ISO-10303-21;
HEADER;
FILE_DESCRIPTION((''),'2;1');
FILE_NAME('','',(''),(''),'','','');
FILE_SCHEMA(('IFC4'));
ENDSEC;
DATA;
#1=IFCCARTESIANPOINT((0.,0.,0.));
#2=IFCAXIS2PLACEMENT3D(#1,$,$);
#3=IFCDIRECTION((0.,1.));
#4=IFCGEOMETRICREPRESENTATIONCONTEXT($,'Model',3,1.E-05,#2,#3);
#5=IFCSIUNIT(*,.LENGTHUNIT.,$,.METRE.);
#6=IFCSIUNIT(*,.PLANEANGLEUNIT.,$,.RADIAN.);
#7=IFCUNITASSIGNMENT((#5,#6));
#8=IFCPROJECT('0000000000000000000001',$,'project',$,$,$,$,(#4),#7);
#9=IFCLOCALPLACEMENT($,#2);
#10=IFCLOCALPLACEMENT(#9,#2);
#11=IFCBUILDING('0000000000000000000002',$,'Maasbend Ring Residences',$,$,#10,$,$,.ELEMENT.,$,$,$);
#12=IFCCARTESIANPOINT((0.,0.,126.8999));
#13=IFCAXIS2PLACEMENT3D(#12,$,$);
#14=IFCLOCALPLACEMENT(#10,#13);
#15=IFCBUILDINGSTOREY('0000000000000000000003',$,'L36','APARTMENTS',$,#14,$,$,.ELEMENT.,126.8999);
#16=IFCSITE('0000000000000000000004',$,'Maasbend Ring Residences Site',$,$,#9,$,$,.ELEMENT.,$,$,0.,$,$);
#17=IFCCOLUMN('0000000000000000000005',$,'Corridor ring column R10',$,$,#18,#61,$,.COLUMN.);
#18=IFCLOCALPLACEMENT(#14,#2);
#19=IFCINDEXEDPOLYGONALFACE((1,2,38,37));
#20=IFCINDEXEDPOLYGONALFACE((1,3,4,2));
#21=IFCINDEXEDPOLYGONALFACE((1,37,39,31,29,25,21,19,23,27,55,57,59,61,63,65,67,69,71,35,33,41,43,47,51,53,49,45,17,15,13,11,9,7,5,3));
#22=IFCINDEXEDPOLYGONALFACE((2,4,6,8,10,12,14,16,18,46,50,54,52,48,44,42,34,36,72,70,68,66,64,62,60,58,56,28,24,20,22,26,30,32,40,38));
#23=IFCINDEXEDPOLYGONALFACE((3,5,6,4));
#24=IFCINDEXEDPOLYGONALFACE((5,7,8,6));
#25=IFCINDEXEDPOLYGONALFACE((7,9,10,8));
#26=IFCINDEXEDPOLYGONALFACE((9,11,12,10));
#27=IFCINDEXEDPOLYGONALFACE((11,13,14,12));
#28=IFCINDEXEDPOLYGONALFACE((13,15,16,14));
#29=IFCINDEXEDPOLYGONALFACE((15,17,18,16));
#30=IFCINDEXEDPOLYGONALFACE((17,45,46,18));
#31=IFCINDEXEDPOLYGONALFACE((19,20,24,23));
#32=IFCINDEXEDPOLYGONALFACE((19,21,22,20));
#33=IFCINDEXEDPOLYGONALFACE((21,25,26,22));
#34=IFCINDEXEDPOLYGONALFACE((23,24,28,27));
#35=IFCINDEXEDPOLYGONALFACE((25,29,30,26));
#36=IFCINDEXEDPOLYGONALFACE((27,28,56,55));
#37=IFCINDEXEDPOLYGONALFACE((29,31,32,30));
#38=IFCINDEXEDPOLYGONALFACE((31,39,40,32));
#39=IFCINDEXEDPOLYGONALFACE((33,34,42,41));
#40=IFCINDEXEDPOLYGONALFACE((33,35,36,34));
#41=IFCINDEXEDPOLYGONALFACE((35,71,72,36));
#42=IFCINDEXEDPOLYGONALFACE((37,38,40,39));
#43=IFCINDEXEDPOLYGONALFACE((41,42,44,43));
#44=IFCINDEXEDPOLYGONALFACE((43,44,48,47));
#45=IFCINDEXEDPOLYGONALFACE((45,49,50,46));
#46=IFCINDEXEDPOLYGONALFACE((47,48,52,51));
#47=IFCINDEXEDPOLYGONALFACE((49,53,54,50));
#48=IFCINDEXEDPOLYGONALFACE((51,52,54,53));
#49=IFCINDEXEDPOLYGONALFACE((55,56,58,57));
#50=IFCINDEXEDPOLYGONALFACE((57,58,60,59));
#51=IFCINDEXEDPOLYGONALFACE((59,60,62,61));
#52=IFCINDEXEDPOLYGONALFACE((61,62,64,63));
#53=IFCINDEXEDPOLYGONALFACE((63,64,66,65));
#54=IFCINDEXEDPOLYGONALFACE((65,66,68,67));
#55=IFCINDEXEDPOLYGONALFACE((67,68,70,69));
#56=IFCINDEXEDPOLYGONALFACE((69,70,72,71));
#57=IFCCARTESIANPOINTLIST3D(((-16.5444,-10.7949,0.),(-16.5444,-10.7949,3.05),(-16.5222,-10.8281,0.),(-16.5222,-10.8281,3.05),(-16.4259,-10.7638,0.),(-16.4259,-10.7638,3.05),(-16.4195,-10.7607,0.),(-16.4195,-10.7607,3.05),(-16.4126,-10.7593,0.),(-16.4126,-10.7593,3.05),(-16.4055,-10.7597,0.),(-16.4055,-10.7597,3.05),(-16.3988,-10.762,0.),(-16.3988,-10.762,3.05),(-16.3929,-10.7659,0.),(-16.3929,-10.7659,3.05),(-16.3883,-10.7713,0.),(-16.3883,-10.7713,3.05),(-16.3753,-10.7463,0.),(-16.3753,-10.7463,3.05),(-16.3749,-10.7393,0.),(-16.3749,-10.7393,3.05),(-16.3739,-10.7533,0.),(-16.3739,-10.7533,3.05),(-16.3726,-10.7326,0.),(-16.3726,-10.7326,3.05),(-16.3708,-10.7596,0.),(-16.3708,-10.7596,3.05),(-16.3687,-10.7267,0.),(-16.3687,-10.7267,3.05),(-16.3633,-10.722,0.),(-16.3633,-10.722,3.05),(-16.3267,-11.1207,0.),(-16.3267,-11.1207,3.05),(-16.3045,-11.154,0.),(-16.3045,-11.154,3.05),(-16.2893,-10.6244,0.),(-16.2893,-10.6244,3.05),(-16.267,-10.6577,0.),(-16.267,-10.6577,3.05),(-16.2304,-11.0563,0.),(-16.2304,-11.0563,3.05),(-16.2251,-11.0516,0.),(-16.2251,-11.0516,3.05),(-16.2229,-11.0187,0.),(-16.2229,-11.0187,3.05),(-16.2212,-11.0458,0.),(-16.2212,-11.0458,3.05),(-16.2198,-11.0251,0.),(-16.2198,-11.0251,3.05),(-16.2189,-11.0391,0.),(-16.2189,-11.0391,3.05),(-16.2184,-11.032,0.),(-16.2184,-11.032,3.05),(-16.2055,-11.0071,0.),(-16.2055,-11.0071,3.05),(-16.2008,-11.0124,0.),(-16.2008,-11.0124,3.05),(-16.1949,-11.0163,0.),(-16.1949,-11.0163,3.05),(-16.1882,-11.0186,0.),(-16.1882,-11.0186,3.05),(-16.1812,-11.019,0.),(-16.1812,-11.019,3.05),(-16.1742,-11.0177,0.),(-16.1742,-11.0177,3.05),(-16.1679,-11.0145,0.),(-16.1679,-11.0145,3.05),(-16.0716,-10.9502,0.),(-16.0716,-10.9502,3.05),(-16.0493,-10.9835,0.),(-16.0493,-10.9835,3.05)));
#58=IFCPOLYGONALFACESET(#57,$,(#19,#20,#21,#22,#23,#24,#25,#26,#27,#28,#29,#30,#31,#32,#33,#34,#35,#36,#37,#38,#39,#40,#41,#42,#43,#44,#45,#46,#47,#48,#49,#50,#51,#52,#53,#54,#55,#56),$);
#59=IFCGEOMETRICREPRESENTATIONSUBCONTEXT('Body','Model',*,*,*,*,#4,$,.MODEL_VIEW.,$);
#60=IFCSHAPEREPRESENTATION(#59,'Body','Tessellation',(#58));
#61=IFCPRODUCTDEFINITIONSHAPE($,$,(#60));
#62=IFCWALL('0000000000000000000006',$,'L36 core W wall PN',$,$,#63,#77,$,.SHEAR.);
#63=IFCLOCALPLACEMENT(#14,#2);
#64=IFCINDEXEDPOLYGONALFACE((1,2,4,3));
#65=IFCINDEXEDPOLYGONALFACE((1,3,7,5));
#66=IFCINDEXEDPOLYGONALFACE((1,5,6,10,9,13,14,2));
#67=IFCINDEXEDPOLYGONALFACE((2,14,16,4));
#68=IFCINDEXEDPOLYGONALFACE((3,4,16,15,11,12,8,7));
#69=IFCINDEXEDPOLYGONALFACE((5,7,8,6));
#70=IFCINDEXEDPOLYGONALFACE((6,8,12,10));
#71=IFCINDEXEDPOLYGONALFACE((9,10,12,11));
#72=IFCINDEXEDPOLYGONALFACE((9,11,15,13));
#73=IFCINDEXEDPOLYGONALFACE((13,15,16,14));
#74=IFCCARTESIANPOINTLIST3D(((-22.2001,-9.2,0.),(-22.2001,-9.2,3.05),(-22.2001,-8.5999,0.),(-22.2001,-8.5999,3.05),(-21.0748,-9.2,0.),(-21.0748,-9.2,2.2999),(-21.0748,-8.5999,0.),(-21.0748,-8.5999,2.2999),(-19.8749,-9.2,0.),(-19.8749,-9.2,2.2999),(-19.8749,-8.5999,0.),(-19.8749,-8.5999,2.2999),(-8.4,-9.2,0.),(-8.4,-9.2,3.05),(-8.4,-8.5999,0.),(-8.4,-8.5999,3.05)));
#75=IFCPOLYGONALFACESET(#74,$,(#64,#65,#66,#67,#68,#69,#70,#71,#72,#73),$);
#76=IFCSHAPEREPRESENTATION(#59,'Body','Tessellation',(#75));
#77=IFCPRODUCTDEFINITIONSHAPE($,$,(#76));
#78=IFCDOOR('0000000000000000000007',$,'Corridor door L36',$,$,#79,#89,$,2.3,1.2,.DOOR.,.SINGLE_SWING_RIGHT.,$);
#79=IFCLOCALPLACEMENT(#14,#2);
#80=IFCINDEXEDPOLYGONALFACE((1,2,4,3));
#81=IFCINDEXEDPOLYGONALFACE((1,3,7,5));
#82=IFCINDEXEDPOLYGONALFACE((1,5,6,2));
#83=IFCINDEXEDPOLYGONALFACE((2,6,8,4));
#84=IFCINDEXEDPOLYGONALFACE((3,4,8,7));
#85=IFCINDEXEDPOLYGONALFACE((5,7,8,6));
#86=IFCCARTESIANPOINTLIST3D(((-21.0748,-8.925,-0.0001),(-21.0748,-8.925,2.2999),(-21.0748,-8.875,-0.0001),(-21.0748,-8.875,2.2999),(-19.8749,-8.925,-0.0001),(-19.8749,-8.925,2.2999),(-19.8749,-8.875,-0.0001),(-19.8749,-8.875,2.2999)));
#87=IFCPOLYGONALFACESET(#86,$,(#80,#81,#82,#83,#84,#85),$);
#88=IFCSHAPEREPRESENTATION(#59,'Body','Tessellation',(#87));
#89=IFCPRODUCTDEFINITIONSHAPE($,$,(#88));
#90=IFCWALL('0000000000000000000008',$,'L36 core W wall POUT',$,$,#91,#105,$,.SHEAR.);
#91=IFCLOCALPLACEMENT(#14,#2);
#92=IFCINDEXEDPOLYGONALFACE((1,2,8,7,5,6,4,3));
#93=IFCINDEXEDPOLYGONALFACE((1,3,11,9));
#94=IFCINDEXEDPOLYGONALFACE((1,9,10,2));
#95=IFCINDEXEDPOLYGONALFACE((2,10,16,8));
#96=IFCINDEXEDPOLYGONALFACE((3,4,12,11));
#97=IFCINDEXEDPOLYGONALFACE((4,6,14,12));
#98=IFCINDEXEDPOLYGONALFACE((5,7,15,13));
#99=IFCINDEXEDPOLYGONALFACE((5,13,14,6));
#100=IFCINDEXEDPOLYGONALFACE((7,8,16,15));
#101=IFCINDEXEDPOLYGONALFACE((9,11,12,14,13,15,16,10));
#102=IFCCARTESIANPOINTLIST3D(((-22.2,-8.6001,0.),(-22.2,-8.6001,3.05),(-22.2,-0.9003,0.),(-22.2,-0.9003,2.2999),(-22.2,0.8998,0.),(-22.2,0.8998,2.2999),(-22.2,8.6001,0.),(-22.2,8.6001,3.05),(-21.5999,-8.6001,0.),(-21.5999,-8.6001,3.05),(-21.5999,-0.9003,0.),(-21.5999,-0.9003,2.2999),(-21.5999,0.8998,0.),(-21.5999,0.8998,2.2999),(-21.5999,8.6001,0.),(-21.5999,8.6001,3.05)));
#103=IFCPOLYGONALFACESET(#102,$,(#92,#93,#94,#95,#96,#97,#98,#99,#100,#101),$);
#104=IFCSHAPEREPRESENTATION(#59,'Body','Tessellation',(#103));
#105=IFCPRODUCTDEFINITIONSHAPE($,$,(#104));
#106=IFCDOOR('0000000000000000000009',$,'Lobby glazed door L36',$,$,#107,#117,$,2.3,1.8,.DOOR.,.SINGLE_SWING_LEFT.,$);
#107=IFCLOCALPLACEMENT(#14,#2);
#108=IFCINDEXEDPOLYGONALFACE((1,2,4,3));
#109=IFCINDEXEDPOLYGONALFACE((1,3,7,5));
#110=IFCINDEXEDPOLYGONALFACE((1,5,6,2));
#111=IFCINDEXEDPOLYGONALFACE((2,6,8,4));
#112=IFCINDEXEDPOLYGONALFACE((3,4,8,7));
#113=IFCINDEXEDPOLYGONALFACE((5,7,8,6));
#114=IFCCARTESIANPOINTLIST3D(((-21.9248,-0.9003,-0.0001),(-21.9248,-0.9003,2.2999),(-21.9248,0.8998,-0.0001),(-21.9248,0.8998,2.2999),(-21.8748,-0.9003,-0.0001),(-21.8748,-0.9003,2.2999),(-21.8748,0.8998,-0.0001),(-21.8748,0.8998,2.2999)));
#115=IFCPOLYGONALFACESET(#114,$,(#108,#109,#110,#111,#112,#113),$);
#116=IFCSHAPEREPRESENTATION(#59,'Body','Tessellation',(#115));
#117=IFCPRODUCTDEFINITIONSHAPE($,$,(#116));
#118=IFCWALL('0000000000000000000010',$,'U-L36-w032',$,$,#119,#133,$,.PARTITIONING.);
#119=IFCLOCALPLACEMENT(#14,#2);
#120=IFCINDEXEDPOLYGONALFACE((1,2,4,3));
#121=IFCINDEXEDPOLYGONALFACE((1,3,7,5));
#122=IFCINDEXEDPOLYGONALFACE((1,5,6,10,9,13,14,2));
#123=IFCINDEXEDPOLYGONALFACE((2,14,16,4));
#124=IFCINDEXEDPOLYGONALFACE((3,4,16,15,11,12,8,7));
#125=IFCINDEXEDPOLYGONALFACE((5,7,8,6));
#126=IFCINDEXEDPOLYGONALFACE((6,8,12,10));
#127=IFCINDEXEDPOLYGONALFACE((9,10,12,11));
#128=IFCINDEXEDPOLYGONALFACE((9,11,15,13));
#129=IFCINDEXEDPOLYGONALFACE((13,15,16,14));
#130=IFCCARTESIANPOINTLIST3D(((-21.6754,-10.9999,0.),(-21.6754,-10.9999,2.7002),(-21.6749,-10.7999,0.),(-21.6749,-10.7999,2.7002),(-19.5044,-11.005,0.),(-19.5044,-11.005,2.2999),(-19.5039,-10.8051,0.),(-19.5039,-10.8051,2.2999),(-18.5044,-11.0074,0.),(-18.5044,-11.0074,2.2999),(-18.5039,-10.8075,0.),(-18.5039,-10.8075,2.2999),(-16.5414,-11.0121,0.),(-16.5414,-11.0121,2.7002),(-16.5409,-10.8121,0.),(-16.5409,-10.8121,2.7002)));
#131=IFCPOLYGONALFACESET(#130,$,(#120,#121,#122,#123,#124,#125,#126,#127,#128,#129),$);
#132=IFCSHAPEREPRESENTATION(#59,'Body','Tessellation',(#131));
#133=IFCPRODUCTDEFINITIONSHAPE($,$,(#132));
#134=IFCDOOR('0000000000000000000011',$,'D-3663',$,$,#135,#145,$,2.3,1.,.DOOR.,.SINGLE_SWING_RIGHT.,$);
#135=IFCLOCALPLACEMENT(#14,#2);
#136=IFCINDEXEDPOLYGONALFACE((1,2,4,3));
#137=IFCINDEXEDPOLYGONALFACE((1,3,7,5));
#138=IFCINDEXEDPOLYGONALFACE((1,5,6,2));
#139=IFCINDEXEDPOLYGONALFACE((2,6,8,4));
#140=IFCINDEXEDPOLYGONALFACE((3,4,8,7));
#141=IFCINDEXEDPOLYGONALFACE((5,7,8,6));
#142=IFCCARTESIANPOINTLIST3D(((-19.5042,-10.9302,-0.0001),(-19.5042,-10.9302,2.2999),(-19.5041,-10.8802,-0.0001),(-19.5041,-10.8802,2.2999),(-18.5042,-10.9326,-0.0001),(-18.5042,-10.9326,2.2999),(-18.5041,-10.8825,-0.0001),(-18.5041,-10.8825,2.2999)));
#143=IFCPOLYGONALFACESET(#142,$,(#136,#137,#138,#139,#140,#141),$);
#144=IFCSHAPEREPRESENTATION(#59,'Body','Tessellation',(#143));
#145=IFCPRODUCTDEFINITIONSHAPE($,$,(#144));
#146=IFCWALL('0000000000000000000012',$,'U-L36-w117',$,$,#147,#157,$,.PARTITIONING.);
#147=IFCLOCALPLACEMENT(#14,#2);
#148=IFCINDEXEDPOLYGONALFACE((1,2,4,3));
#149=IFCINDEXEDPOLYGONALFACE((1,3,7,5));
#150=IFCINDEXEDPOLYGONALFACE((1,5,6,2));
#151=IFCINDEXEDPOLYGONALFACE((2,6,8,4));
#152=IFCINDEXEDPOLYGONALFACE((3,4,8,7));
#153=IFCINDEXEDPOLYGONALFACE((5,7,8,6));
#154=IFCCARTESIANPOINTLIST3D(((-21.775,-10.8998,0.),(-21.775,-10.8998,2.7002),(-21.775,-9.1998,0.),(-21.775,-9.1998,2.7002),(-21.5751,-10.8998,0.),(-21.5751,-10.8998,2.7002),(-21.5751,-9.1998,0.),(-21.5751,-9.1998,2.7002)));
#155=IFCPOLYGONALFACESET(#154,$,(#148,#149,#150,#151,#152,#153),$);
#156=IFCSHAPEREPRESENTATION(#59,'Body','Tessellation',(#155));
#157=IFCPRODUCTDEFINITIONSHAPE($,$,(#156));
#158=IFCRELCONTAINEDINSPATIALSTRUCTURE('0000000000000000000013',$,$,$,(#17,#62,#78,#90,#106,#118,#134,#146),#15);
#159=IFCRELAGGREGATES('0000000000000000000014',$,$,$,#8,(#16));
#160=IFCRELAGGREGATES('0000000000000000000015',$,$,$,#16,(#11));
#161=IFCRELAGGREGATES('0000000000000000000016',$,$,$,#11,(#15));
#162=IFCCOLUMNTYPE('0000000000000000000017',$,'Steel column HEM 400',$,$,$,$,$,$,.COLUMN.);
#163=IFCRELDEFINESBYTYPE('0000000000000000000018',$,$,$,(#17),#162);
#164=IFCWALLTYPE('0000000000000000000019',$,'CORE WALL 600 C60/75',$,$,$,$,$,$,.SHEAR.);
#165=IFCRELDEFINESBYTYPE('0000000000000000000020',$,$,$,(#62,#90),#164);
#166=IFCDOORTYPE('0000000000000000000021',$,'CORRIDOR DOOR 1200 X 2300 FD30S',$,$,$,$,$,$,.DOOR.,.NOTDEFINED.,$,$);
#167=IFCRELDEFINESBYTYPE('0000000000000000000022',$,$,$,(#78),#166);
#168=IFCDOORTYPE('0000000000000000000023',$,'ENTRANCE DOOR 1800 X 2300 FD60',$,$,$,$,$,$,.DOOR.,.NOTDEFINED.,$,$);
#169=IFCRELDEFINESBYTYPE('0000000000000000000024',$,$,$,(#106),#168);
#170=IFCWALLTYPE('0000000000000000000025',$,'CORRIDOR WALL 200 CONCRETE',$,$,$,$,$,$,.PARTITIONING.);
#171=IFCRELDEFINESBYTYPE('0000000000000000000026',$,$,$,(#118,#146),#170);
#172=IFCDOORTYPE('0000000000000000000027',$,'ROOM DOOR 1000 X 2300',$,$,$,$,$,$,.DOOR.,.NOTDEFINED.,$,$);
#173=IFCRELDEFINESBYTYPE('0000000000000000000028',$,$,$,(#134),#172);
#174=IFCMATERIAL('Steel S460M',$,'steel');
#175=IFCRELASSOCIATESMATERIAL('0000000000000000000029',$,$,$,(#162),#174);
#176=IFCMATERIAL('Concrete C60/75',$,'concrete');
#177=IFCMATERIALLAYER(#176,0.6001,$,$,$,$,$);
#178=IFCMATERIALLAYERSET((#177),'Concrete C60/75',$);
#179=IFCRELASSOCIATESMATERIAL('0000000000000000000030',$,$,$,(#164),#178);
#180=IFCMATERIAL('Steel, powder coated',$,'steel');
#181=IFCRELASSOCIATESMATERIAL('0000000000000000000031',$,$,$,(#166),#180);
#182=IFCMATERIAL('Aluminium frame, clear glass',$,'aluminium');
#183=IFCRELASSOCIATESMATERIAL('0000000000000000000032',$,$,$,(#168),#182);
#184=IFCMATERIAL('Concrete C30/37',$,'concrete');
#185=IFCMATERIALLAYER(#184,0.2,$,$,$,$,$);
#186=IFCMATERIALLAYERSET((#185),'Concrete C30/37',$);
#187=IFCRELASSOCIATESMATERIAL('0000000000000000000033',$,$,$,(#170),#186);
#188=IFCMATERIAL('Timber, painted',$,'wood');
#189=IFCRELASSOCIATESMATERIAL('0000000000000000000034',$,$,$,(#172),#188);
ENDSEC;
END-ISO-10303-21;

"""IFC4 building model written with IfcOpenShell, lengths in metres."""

from ifc_helpers import new_model, si_unit, direction, frame, frame_2d, origin, origin_2d, place, context, subcontext, project, spatial, rectangle, i_section, extrude, material, layer, layer_set, material_profile, profile_set, type_object, element, fill, save


model = new_model("IFC4")

# Units and contexts
model_context = context("Model", 3, precision=1e-05, world=origin(), true_north=direction((0.0, 1.0)))
body_context = subcontext(model_context, "Body", "Model", "MODEL_VIEW")
ifc_project = project(units=[si_unit("LENGTHUNIT", "METRE"), si_unit("PLANEANGLEUNIT", "RADIAN")], contexts=[model_context])

# Site, building, storey
site_placement = place(None, origin())
site = spatial("IfcSite", under=ifc_project, at=site_placement, Name="Maasbend Ring Residences Site", CompositionType="ELEMENT", RefElevation=0.0)
building_placement = place(site_placement, origin())
building = spatial("IfcBuilding", under=site, at=building_placement, Name="Maasbend Ring Residences", CompositionType="ELEMENT")
storey_placement = place(building_placement, frame((0.0, 0.0, 126.8999)))
storey = spatial("IfcBuildingStorey", under=building, at=storey_placement, Name="L36", Description="APARTMENTS", CompositionType="ELEMENT", Elevation=126.8999)

# Column
ifc_material_1 = material(Name="Steel S460M", Category="steel")
ifc_material_profile = material_profile(ifc_material_1, i_section(OverallWidth=0.3069, OverallDepth=0.4319, WebThickness=0.021, FlangeThickness=0.04, FilletRadius=0.0271, at=origin_2d()), Name="HEM 400")
ifc_profile_set = profile_set([ifc_material_profile], Name="Steel S460M")
column_type = type_object("IfcColumnType", Name="Steel column HEM 400", PredefinedType="COLUMN", material=ifc_profile_set)
column_placement = place(storey_placement, frame((-16.2969, -10.8892, 0.0), z_axis=(0.0, 0.0, 1.0), x_axis=(-0.83147, -0.55557, 0.0)))
element("IfcColumn", 1, at=column_placement, inside=storey, type_object=column_type, Name="Corridor ring column R10", PredefinedType="COLUMN", context=body_context, shape_type="SweptSolid", body=[
    extrude(i_section(OverallWidth=0.3069, OverallDepth=0.4319, WebThickness=0.021, FlangeThickness=0.04, FilletRadius=0.0271, at=origin_2d()), origin(), (0.0, 0.0, 1.0), 3.05),
])

# Walls, openings, doors
ifc_material_2 = material(Name="Concrete C60/75", Category="concrete")
ifc_layer_1 = layer(ifc_material_2, 0.6001)
ifc_layer_set_1 = layer_set([ifc_layer_1], Name="Concrete C60/75")
wall_type_1 = type_object("IfcWallType", Name="CORE WALL 600 C60/75", PredefinedType="SHEAR", material=ifc_layer_set_1)
wall_1_placement = place(storey_placement, frame((-22.2, -8.8999, 0.0), z_axis=(0.0, 0.0, 1.0), x_axis=(1.0, 0.0, 0.0)))
wall_1 = element("IfcWall", 2, at=wall_1_placement, inside=storey, type_object=wall_type_1, Name="L36 core W wall PN", PredefinedType="SHEAR", context=body_context, shape_type="SweptSolid", body=[
    extrude(rectangle(XDim=13.8, YDim=0.6001, at=frame_2d((6.8999, 0.0))), origin(), (0.0, 0.0, 1.0), 3.05),
])
opening_1_placement = place(wall_1_placement, frame((1.125, 0.0, 0.0)))
opening_1 = element("IfcOpeningElement", 3, at=opening_1_placement, cuts=wall_1, PredefinedType="OPENING", context=body_context, shape_type="SweptSolid", body=[
    extrude(rectangle(XDim=1.2, YDim=2.3, at=frame_2d((0.6001, 1.1499))), frame((0.0, 0.3101, 0.0), z_axis=(0.0, -1.0, 0.0), x_axis=(1.0, 0.0, 0.0)), (0.0, 0.0, 1.0), 0.6201),
])
ifc_material_3 = material(Name="Steel, powder coated", Category="steel")
door_type_1 = type_object("IfcDoorType", Name="CORRIDOR DOOR 1200 X 2300 FD30S", OperationType="NOTDEFINED", PredefinedType="DOOR", material=ifc_material_3)
door_1_placement = place(opening_1_placement, origin())
door_1 = element("IfcDoor", 4, at=door_1_placement, inside=storey, type_object=door_type_1, Name="Corridor door L36", OperationType="SINGLE_SWING_RIGHT", OverallHeight=2.3, OverallWidth=1.2, PredefinedType="DOOR", context=body_context, shape_type="SweptSolid", body=[
    extrude(rectangle(XDim=1.2, YDim=2.3, at=frame_2d((0.6001, 1.1499))), frame((0.0, 0.0249, 0.0), z_axis=(0.0, -1.0, 0.0), x_axis=(1.0, 0.0, 0.0)), (0.0, 0.0, 1.0), 0.05),
])
fill(opening_1, door_1)
wall_2_placement = place(storey_placement, frame((-21.8999, -8.6001, 0.0), z_axis=(0.0, 0.0, 1.0), x_axis=(0.0, 1.0, 0.0)))
wall_2 = element("IfcWall", 5, at=wall_2_placement, inside=storey, type_object=wall_type_1, Name="L36 core W wall POUT", PredefinedType="SHEAR", context=body_context, shape_type="SweptSolid", body=[
    extrude(rectangle(XDim=17.2002, YDim=0.6001, at=frame_2d((8.6001, 0.0))), origin(), (0.0, 0.0, 1.0), 3.05),
])
opening_2_placement = place(wall_2_placement, frame((7.7, 0.0, 0.0)))
opening_2 = element("IfcOpeningElement", 6, at=opening_2_placement, cuts=wall_2, PredefinedType="OPENING", context=body_context, shape_type="SweptSolid", body=[
    extrude(rectangle(XDim=1.8, YDim=2.3, at=frame_2d((0.8999, 1.1499))), frame((0.0, 0.3101, 0.0), z_axis=(0.0, -1.0, 0.0), x_axis=(1.0, 0.0, 0.0)), (0.0, 0.0, 1.0), 0.6201),
])
ifc_material_4 = material(Name="Aluminium frame, clear glass", Category="aluminium")
door_type_2 = type_object("IfcDoorType", Name="ENTRANCE DOOR 1800 X 2300 FD60", OperationType="NOTDEFINED", PredefinedType="DOOR", material=ifc_material_4)
door_2_placement = place(opening_2_placement, origin())
door_2 = element("IfcDoor", 7, at=door_2_placement, inside=storey, type_object=door_type_2, Name="Lobby glazed door L36", OperationType="SINGLE_SWING_LEFT", OverallHeight=2.3, OverallWidth=1.8, PredefinedType="DOOR", context=body_context, shape_type="SweptSolid", body=[
    extrude(rectangle(XDim=1.8, YDim=2.3, at=frame_2d((0.8999, 1.1499))), frame((0.0, 0.0249, 0.0), z_axis=(0.0, -1.0, 0.0), x_axis=(1.0, 0.0, 0.0)), (0.0, 0.0, 1.0), 0.05),
])
fill(opening_2, door_2)
ifc_material_5 = material(Name="Concrete C30/37", Category="concrete")
ifc_layer_2 = layer(ifc_material_5, 0.2)
ifc_layer_set_2 = layer_set([ifc_layer_2], Name="Concrete C30/37")
wall_type_2 = type_object("IfcWallType", Name="CORRIDOR WALL 200 CONCRETE", PredefinedType="PARTITIONING", material=ifc_layer_set_2)
wall_3_placement = place(storey_placement, frame((-21.675, -10.8999, 0.0), z_axis=(0.0, 0.0, 1.0), x_axis=(0.999997, -0.002378, 0.0)))
wall_3 = element("IfcWall", 8, at=wall_3_placement, inside=storey, type_object=wall_type_2, Name="U-L36-w032", PredefinedType="PARTITIONING", context=body_context, shape_type="SweptSolid", body=[
    extrude(rectangle(XDim=5.134, YDim=0.2, at=frame_2d((2.5669, 0.0))), origin(), (0.0, 0.0, 1.0), 2.7002),
])
opening_3_placement = place(wall_3_placement, frame((2.1709, 0.0, 0.0)))
opening_3 = element("IfcOpeningElement", 9, at=opening_3_placement, cuts=wall_3, PredefinedType="OPENING", context=body_context, shape_type="SweptSolid", body=[
    extrude(rectangle(XDim=1.0, YDim=2.3, at=frame_2d((0.5, 1.1499))), frame((0.0, 0.1099, 0.0), z_axis=(0.0, -1.0, 0.0), x_axis=(1.0, 0.0, 0.0)), (0.0, 0.0, 1.0), 0.22),
])
ifc_material_6 = material(Name="Timber, painted", Category="wood")
door_type_3 = type_object("IfcDoorType", Name="ROOM DOOR 1000 X 2300", OperationType="NOTDEFINED", PredefinedType="DOOR", material=ifc_material_6)
door_3_placement = place(opening_3_placement, origin())
door_3 = element("IfcDoor", 10, at=door_3_placement, inside=storey, type_object=door_type_3, Name="D-3663", OperationType="SINGLE_SWING_RIGHT", OverallHeight=2.3, OverallWidth=1.0, PredefinedType="DOOR", context=body_context, shape_type="SweptSolid", body=[
    extrude(rectangle(XDim=1.0, YDim=2.3, at=frame_2d((0.5, 1.1499))), frame((0.0, 0.0249, 0.0), z_axis=(0.0, -1.0, 0.0), x_axis=(1.0, 0.0, 0.0)), (0.0, 0.0, 1.0), 0.05),
])
fill(opening_3, door_3)

# Wall
wall_4_placement = place(storey_placement, frame((-21.675, -10.8999, 0.0), z_axis=(0.0, 0.0, 1.0), x_axis=(0.0, 1.0, 0.0)))
element("IfcWall", 11, at=wall_4_placement, inside=storey, type_object=wall_type_2, Name="U-L36-w117", PredefinedType="PARTITIONING", context=body_context, shape_type="SweptSolid", body=[
    extrude(rectangle(XDim=1.7, YDim=0.2, at=frame_2d((0.8501, 0.0))), origin(), (0.0, 0.0, 1.0), 2.7002),
])

save(model, "model.ifc")
